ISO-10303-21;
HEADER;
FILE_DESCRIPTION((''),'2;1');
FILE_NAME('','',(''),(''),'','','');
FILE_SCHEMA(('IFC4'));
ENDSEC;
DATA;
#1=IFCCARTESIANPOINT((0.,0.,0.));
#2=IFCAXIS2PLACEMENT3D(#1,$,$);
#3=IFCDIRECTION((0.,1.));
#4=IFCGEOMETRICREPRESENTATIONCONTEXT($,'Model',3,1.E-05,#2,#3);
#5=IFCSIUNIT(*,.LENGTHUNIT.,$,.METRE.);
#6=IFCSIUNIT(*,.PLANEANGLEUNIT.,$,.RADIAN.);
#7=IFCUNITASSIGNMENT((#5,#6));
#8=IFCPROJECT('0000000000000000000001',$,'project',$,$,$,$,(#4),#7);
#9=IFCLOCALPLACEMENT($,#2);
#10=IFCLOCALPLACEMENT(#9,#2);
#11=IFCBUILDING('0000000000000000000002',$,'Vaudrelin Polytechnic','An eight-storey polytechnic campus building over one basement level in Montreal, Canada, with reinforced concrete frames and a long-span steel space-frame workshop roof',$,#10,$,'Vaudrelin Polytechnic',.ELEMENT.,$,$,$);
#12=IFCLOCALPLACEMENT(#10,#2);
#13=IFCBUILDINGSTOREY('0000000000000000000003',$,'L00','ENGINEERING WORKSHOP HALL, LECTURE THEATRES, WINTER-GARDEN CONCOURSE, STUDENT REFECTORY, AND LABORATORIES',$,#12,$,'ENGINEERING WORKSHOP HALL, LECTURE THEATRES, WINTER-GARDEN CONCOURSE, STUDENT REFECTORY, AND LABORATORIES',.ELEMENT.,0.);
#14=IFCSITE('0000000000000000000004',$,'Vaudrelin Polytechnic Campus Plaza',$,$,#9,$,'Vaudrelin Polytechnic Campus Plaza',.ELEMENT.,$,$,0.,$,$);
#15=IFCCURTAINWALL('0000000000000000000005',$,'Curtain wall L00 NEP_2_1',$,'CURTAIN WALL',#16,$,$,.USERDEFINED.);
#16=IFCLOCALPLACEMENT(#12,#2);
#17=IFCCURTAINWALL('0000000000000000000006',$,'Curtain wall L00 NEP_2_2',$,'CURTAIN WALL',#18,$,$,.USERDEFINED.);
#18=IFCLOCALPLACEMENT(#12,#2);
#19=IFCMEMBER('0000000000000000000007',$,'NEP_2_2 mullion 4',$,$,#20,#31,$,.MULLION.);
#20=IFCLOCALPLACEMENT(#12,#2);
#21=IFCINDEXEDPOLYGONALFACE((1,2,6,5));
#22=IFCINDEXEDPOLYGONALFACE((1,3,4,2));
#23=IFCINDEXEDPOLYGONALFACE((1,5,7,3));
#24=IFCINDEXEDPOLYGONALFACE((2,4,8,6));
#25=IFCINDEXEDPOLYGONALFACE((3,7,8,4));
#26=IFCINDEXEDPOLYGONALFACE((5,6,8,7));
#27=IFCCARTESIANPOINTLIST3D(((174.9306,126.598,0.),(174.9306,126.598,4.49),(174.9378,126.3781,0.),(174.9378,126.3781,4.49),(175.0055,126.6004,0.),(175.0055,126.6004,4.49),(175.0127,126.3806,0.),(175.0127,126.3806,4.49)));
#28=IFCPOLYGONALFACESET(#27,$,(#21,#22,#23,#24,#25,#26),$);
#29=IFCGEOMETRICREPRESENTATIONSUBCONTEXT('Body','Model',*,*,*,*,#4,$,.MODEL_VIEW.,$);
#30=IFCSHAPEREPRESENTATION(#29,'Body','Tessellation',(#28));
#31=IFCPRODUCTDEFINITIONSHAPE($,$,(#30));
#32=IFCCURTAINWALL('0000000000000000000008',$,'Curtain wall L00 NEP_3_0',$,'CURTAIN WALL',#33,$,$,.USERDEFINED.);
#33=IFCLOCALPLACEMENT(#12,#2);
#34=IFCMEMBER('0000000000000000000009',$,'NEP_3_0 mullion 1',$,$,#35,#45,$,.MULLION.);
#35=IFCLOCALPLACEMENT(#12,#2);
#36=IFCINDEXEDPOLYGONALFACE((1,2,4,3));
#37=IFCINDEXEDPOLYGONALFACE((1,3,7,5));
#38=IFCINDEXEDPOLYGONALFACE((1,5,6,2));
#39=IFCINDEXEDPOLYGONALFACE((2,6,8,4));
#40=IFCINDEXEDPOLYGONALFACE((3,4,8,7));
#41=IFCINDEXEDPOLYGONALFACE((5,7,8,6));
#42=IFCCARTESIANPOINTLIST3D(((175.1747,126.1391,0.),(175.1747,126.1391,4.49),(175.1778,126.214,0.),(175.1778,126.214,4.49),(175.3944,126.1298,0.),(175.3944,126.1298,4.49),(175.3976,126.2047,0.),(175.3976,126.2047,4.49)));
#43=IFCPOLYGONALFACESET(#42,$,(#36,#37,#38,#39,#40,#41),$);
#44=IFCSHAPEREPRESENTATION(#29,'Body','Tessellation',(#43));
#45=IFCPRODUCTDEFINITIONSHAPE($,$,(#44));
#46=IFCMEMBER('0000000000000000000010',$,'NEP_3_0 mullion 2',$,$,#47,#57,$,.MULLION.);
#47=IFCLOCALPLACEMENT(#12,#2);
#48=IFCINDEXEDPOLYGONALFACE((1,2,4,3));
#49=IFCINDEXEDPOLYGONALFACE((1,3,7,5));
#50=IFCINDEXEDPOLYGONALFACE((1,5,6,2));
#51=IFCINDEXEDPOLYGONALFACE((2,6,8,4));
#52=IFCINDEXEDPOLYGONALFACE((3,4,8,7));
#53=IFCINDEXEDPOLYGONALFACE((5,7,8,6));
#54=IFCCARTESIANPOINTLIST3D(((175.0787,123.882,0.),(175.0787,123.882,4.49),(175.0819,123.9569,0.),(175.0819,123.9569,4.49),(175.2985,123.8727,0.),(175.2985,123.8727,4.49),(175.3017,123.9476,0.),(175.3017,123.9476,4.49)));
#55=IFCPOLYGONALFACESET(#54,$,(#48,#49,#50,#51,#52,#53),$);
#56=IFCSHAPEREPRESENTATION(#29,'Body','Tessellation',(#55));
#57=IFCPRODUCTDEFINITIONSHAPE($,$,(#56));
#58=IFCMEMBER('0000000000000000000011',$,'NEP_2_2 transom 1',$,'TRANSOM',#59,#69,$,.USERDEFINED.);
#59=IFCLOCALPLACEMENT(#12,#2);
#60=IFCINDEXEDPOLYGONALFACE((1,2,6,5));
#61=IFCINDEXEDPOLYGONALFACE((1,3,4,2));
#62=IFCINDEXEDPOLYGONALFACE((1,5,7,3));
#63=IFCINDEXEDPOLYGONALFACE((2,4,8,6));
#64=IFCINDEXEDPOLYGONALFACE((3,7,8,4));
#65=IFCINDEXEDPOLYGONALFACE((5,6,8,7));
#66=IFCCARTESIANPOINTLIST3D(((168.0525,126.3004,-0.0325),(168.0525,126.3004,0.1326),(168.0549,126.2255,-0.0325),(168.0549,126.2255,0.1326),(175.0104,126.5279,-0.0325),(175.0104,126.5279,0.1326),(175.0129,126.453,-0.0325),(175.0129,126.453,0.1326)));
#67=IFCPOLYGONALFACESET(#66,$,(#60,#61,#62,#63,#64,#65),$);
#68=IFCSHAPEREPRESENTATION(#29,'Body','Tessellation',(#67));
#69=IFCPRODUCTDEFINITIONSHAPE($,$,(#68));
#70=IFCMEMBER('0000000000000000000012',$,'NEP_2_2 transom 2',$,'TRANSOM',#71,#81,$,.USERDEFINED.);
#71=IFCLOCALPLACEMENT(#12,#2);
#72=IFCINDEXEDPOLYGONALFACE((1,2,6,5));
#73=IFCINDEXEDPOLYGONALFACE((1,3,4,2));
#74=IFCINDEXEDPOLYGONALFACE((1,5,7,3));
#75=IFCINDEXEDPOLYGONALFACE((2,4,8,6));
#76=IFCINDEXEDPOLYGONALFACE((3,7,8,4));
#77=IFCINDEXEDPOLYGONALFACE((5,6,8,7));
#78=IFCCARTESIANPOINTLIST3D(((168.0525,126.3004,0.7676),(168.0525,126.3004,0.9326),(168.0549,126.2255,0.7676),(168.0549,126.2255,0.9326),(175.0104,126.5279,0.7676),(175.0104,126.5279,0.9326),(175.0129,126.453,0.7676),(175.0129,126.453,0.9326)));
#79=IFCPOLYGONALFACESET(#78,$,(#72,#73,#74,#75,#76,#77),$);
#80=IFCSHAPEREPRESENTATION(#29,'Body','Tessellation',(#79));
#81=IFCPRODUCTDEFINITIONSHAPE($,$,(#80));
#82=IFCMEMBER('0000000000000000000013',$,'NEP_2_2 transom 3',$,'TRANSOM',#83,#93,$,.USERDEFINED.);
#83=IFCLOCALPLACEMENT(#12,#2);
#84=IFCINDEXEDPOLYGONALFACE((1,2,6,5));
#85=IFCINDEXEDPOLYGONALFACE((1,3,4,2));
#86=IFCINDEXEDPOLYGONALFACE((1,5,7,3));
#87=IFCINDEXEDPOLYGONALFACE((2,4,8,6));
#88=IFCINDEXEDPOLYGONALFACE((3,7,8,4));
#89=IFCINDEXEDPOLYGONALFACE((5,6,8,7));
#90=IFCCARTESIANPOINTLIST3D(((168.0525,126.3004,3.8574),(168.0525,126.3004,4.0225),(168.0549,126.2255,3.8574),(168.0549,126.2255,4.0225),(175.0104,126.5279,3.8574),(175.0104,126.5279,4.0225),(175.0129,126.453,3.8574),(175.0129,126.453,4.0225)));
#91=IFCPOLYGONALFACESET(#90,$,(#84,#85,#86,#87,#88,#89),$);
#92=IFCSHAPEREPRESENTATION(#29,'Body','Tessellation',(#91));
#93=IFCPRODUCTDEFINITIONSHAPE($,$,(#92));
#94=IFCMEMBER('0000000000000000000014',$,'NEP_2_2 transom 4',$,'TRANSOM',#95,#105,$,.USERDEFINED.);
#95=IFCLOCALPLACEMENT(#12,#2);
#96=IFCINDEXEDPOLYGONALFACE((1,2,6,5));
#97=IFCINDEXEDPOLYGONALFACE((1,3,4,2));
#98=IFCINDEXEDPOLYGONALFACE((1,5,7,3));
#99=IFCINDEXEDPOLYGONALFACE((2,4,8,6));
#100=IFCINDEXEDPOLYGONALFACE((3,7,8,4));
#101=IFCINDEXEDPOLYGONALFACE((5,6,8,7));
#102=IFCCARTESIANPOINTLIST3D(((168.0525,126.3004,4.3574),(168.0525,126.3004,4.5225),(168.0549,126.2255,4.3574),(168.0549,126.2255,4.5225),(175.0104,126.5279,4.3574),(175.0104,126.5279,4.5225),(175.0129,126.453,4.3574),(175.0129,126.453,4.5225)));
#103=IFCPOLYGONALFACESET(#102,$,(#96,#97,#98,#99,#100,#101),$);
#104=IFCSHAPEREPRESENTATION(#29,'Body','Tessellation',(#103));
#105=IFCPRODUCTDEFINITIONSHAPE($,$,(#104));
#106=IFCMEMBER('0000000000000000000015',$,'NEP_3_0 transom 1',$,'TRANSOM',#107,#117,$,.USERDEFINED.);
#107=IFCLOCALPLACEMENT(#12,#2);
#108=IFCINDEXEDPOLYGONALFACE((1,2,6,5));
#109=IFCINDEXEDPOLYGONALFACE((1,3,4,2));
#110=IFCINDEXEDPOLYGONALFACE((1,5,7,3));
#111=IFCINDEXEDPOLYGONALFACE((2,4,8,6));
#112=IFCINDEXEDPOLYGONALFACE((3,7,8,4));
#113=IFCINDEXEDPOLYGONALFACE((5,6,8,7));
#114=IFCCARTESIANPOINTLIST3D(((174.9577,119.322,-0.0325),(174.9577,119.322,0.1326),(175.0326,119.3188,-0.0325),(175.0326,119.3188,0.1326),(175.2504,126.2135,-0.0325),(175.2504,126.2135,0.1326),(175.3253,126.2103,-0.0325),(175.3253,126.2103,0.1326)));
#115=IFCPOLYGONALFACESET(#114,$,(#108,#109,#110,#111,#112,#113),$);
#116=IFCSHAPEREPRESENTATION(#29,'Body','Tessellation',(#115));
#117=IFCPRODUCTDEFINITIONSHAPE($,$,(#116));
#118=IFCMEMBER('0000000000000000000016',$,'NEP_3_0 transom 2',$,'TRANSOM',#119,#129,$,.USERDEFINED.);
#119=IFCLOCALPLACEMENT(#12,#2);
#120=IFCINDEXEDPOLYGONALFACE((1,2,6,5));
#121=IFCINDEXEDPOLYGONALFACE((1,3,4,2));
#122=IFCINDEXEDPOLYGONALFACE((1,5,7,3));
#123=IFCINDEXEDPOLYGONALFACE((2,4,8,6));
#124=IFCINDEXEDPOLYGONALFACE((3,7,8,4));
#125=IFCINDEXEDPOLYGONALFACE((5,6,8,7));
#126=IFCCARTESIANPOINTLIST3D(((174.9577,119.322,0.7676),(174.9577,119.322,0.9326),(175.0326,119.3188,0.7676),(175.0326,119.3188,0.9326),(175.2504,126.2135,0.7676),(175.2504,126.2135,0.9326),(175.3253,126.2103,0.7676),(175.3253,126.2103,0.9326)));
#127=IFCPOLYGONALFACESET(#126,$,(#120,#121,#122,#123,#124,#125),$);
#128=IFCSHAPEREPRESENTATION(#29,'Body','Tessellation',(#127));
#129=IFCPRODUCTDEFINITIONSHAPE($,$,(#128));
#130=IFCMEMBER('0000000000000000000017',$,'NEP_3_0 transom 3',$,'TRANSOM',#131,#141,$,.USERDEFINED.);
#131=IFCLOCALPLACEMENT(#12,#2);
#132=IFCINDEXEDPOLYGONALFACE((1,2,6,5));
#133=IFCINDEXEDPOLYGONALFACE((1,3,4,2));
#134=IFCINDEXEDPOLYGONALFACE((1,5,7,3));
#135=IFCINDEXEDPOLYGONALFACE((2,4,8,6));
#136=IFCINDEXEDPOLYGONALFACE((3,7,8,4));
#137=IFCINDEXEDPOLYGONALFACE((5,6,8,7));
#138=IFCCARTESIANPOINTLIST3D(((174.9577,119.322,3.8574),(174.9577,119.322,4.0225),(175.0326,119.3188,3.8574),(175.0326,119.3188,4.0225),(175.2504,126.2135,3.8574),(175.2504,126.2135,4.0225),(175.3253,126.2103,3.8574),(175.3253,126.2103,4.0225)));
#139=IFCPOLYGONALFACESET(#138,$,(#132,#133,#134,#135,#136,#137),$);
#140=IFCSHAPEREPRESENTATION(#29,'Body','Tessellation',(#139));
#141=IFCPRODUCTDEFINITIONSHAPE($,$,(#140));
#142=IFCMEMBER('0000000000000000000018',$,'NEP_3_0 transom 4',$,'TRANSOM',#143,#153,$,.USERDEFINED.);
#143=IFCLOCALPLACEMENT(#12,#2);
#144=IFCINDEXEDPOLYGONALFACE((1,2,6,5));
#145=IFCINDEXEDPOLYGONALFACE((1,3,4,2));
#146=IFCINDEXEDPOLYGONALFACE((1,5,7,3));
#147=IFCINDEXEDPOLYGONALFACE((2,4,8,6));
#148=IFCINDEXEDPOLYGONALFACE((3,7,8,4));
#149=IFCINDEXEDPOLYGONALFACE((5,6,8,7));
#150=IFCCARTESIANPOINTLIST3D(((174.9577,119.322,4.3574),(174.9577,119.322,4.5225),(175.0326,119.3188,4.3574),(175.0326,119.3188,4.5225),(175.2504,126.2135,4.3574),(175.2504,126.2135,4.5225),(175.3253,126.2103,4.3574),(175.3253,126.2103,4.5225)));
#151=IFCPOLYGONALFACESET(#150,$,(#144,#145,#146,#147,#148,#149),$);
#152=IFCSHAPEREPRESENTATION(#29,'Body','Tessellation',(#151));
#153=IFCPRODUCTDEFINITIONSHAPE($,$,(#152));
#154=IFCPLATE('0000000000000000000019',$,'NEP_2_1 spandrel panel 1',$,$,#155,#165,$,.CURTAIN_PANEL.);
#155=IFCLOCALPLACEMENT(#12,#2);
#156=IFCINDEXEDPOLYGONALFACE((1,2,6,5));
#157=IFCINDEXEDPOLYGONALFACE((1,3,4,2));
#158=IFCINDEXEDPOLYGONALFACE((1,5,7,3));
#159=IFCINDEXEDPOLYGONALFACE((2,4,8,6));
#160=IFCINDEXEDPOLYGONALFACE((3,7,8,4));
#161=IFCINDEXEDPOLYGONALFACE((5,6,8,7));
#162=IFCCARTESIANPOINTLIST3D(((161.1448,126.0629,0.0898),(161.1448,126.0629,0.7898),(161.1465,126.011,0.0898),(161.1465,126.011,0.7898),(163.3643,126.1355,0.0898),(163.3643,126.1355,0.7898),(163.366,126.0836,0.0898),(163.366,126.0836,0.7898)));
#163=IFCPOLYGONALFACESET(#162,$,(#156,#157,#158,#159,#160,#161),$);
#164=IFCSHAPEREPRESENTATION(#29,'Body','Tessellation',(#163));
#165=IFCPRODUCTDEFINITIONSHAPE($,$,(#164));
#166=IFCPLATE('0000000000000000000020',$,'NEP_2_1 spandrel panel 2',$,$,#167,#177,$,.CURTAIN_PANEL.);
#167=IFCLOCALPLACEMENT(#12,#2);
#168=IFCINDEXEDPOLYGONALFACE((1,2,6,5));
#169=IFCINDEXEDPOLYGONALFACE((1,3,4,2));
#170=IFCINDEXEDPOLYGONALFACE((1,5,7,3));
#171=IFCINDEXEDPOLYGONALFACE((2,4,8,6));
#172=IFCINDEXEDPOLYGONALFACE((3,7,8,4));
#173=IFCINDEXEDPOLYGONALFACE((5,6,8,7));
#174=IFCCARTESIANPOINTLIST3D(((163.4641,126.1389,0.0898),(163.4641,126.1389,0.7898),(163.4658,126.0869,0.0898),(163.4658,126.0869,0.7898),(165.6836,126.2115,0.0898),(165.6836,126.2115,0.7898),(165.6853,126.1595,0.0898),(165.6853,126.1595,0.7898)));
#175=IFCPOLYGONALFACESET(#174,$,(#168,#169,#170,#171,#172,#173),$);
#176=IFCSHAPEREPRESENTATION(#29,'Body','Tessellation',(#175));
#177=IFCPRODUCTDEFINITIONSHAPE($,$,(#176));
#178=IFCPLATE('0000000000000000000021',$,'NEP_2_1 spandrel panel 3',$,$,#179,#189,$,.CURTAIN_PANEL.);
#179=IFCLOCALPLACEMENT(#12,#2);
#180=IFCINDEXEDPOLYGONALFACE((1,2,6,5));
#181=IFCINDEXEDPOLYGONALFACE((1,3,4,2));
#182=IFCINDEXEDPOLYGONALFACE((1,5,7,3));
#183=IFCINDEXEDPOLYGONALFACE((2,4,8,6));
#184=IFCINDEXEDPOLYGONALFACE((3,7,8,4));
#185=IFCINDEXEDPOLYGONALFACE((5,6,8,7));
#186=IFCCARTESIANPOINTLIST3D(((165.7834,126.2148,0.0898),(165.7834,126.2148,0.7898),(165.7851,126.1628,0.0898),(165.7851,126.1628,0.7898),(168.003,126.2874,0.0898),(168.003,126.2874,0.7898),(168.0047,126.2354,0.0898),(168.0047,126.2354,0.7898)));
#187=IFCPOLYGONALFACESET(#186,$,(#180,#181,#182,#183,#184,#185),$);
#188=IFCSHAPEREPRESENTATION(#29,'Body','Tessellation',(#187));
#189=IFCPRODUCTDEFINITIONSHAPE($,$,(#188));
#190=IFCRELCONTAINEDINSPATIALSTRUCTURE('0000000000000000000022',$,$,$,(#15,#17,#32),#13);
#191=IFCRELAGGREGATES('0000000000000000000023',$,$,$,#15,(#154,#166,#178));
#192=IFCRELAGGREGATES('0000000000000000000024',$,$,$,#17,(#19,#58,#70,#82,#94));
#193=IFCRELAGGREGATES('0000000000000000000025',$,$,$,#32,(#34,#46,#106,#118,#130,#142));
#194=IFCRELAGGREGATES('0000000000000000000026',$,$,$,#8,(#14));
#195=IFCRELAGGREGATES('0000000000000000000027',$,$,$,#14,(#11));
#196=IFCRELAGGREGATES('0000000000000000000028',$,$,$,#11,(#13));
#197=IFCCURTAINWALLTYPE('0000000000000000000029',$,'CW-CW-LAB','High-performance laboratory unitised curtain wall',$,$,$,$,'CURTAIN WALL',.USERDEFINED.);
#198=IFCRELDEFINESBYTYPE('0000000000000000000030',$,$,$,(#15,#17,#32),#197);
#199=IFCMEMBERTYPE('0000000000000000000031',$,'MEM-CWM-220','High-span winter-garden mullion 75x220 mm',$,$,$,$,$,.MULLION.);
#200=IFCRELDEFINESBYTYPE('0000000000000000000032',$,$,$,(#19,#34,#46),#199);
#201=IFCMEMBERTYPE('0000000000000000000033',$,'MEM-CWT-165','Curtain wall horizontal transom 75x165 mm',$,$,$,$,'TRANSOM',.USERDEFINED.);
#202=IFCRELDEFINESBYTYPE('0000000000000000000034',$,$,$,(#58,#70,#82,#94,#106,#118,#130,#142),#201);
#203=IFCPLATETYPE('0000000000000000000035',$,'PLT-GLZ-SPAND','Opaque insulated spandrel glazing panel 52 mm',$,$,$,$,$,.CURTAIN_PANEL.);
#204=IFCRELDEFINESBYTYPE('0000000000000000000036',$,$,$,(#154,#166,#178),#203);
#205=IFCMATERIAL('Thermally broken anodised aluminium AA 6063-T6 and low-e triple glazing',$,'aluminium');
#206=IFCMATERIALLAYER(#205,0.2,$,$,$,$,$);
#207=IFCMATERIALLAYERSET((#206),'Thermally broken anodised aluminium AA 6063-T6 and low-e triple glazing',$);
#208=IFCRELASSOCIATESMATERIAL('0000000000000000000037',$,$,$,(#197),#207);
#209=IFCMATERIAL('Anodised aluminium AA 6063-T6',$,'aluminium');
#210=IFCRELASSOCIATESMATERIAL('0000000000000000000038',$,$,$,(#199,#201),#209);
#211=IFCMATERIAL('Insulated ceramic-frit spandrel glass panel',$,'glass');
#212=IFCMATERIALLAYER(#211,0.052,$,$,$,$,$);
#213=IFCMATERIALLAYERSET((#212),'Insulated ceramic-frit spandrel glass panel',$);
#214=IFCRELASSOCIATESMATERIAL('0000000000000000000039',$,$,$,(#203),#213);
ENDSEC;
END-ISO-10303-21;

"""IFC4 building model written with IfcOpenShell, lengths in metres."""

from ifc_helpers import new_model, si_unit, direction, frame, origin, origin_2d, place, context, subcontext, project, spatial, rectangle, extrude, material, layer, layer_set, material_profile, profile_set, type_object, element, aggregate, save


model = new_model("IFC4")

# Units and contexts
model_context = context("Model", 3, precision=1e-05, world=origin(), true_north=direction((0.0, 1.0)))
body_context = subcontext(model_context, "Body", "Model", "MODEL_VIEW")
ifc_project = project(units=[si_unit("LENGTHUNIT", "METRE"), si_unit("PLANEANGLEUNIT", "RADIAN")], contexts=[model_context])

# Site, building, storey
site_placement = place(None, origin())
site = spatial("IfcSite", under=ifc_project, at=site_placement, Name="Vaudrelin Polytechnic Campus Plaza", LongName="Vaudrelin Polytechnic Campus Plaza", CompositionType="ELEMENT", RefElevation=0.0)
building_placement = place(site_placement, origin())
building = spatial("IfcBuilding", under=site, at=building_placement, Name="Vaudrelin Polytechnic", Description="An eight-storey polytechnic campus building over one basement level in Montreal, Canada, with reinforced concrete frames and a long-span steel space-frame workshop roof", LongName="Vaudrelin Polytechnic", CompositionType="ELEMENT")
storey_placement = place(building_placement, origin())
storey = spatial("IfcBuildingStorey", under=building, at=storey_placement, Name="L00", Description="ENGINEERING WORKSHOP HALL, LECTURE THEATRES, WINTER-GARDEN CONCOURSE, STUDENT REFECTORY, AND LABORATORIES", LongName="ENGINEERING WORKSHOP HALL, LECTURE THEATRES, WINTER-GARDEN CONCOURSE, STUDENT REFECTORY, AND LABORATORIES", CompositionType="ELEMENT", Elevation=0.0)

# Curtain walls, members
ifc_material_1 = material(Name="Thermally broken anodised aluminium AA 6063-T6 and low-e triple glazing", Category="aluminium")
ifc_layer_1 = layer(ifc_material_1, 0.2)
ifc_layer_set_1 = layer_set([ifc_layer_1], Name="Thermally broken anodised aluminium AA 6063-T6 and low-e triple glazing")
curtain_wall_type = type_object("IfcCurtainWallType", Name="CW-CW-LAB", Description="High-performance laboratory unitised curtain wall", ElementType="CURTAIN WALL", PredefinedType="USERDEFINED", material=ifc_layer_set_1)
curtain_wall_1_placement = place(storey_placement, origin())
curtain_wall_1 = element("IfcCurtainWall", 1, at=curtain_wall_1_placement, inside=storey, type_object=curtain_wall_type, Name="Curtain wall L00 NEP_2_1", ObjectType="CURTAIN WALL", PredefinedType="USERDEFINED")
ifc_material_2 = material(Name="Anodised aluminium AA 6063-T6", Category="aluminium")
ifc_material_profile_1 = material_profile(ifc_material_2, rectangle(XDim=0.075, YDim=0.22, at=origin_2d()), Name="CWM-75x220")
ifc_profile_set_1 = profile_set([ifc_material_profile_1], Name="Anodised aluminium AA 6063-T6")
member_type_1 = type_object("IfcMemberType", Name="MEM-CWM-220", Description="High-span winter-garden mullion 75x220 mm", PredefinedType="MULLION", material=ifc_profile_set_1)
curtain_wall_2_placement = place(storey_placement, origin())
curtain_wall_2 = element("IfcCurtainWall", 2, at=curtain_wall_2_placement, inside=storey, type_object=curtain_wall_type, Name="Curtain wall L00 NEP_2_2", ObjectType="CURTAIN WALL", PredefinedType="USERDEFINED")
member_1_placement = place(storey_placement, frame((174.9717, 126.4893, 0.0), z_axis=(0.0, 0.0, 1.0), x_axis=(0.999465, 0.032693, 0.0)))
member_1 = element("IfcMember", 3, at=member_1_placement, type_object=member_type_1, Name="NEP_2_2 mullion 4", PredefinedType="MULLION", context=body_context, shape_type="SweptSolid", body=[
    extrude(rectangle(XDim=0.075, YDim=0.22, at=origin_2d()), origin(), (0.0, 0.0, 1.0), 4.49),
])
curtain_wall_3_placement = place(storey_placement, origin())
curtain_wall_3 = element("IfcCurtainWall", 4, at=curtain_wall_3_placement, inside=storey, type_object=curtain_wall_type, Name="Curtain wall L00 NEP_3_0", ObjectType="CURTAIN WALL", PredefinedType="USERDEFINED")
member_2_placement = place(storey_placement, frame((175.2861, 126.1719, 0.0), z_axis=(0.0, 0.0, 1.0), x_axis=(-0.04242, -0.9991, 0.0)))
member_2 = element("IfcMember", 5, at=member_2_placement, type_object=member_type_1, Name="NEP_3_0 mullion 1", PredefinedType="MULLION", context=body_context, shape_type="SweptSolid", body=[
    extrude(rectangle(XDim=0.075, YDim=0.22, at=origin_2d()), origin(), (0.0, 0.0, 1.0), 4.49),
])
member_3_placement = place(storey_placement, frame((175.1902, 123.9148, 0.0), z_axis=(0.0, 0.0, 1.0), x_axis=(-0.04242, -0.9991, 0.0)))
member_3 = element("IfcMember", 6, at=member_3_placement, type_object=member_type_1, Name="NEP_3_0 mullion 2", PredefinedType="MULLION", context=body_context, shape_type="SweptSolid", body=[
    extrude(rectangle(XDim=0.075, YDim=0.22, at=origin_2d()), origin(), (0.0, 0.0, 1.0), 4.49),
])

# Members
ifc_material_profile_2 = material_profile(ifc_material_2, rectangle(XDim=0.075, YDim=0.165, at=origin_2d()), Name="CWT-75x165")
ifc_profile_set_2 = profile_set([ifc_material_profile_2], Name="Anodised aluminium AA 6063-T6")
member_type_2 = type_object("IfcMemberType", Name="MEM-CWT-165", Description="Curtain wall horizontal transom 75x165 mm", ElementType="TRANSOM", PredefinedType="USERDEFINED", material=ifc_profile_set_2)
member_4_placement = place(storey_placement, frame((168.0537, 126.2629, 0.05), z_axis=(0.999466, 0.032684, 0.0), x_axis=(-0.032684, 0.999466, 0.0)))
member_4 = element("IfcMember", 7, at=member_4_placement, type_object=member_type_2, Name="NEP_2_2 transom 1", ObjectType="TRANSOM", PredefinedType="USERDEFINED", context=body_context, shape_type="SweptSolid", body=[
    extrude(rectangle(XDim=0.075, YDim=0.165, at=origin_2d()), origin(), (0.0, 0.0, 1.0), 6.9617),
])
member_5_placement = place(storey_placement, frame((168.0537, 126.2629, 0.8501), z_axis=(0.999466, 0.032684, 0.0), x_axis=(-0.032684, 0.999466, 0.0)))
member_5 = element("IfcMember", 8, at=member_5_placement, type_object=member_type_2, Name="NEP_2_2 transom 2", ObjectType="TRANSOM", PredefinedType="USERDEFINED", context=body_context, shape_type="SweptSolid", body=[
    extrude(rectangle(XDim=0.075, YDim=0.165, at=origin_2d()), origin(), (0.0, 0.0, 1.0), 6.9617),
])
member_6_placement = place(storey_placement, frame((168.0537, 126.2629, 3.9399), z_axis=(0.999466, 0.032684, 0.0), x_axis=(-0.032684, 0.999466, 0.0)))
member_6 = element("IfcMember", 9, at=member_6_placement, type_object=member_type_2, Name="NEP_2_2 transom 3", ObjectType="TRANSOM", PredefinedType="USERDEFINED", context=body_context, shape_type="SweptSolid", body=[
    extrude(rectangle(XDim=0.075, YDim=0.165, at=origin_2d()), origin(), (0.0, 0.0, 1.0), 6.9617),
])
member_7_placement = place(storey_placement, frame((168.0537, 126.2629, 4.4399), z_axis=(0.999466, 0.032684, 0.0), x_axis=(-0.032684, 0.999466, 0.0)))
member_7 = element("IfcMember", 10, at=member_7_placement, type_object=member_type_2, Name="NEP_2_2 transom 4", ObjectType="TRANSOM", PredefinedType="USERDEFINED", context=body_context, shape_type="SweptSolid", body=[
    extrude(rectangle(XDim=0.075, YDim=0.165, at=origin_2d()), origin(), (0.0, 0.0, 1.0), 6.9617),
])
member_8_placement = place(storey_placement, frame((175.2878, 126.2119, 0.05), z_axis=(-0.042437, -0.999099, 0.0), x_axis=(0.999099, -0.042437, 0.0)))
member_8 = element("IfcMember", 11, at=member_8_placement, type_object=member_type_2, Name="NEP_3_0 transom 1", ObjectType="TRANSOM", PredefinedType="USERDEFINED", context=body_context, shape_type="SweptSolid", body=[
    extrude(rectangle(XDim=0.075, YDim=0.165, at=origin_2d()), origin(), (0.0, 0.0, 1.0), 6.8977),
])
member_9_placement = place(storey_placement, frame((175.2878, 126.2119, 0.8501), z_axis=(-0.042437, -0.999099, 0.0), x_axis=(0.999099, -0.042437, 0.0)))
member_9 = element("IfcMember", 12, at=member_9_placement, type_object=member_type_2, Name="NEP_3_0 transom 2", ObjectType="TRANSOM", PredefinedType="USERDEFINED", context=body_context, shape_type="SweptSolid", body=[
    extrude(rectangle(XDim=0.075, YDim=0.165, at=origin_2d()), origin(), (0.0, 0.0, 1.0), 6.8977),
])
member_10_placement = place(storey_placement, frame((175.2878, 126.2119, 3.9399), z_axis=(-0.042437, -0.999099, 0.0), x_axis=(0.999099, -0.042437, 0.0)))
member_10 = element("IfcMember", 13, at=member_10_placement, type_object=member_type_2, Name="NEP_3_0 transom 3", ObjectType="TRANSOM", PredefinedType="USERDEFINED", context=body_context, shape_type="SweptSolid", body=[
    extrude(rectangle(XDim=0.075, YDim=0.165, at=origin_2d()), origin(), (0.0, 0.0, 1.0), 6.8977),
])
member_11_placement = place(storey_placement, frame((175.2878, 126.2119, 4.4399), z_axis=(-0.042437, -0.999099, 0.0), x_axis=(0.999099, -0.042437, 0.0)))
member_11 = element("IfcMember", 14, at=member_11_placement, type_object=member_type_2, Name="NEP_3_0 transom 4", ObjectType="TRANSOM", PredefinedType="USERDEFINED", context=body_context, shape_type="SweptSolid", body=[
    extrude(rectangle(XDim=0.075, YDim=0.165, at=origin_2d()), origin(), (0.0, 0.0, 1.0), 6.8977),
])

# Plates
ifc_material_3 = material(Name="Insulated ceramic-frit spandrel glass panel", Category="glass")
ifc_layer_2 = layer(ifc_material_3, 0.052)
ifc_layer_set_2 = layer_set([ifc_layer_2], Name="Insulated ceramic-frit spandrel glass panel")
plate_type_1 = type_object("IfcPlateType", Name="PLT-GLZ-SPAND", Description="Opaque insulated spandrel glazing panel 52 mm", PredefinedType="CURTAIN_PANEL", material=ifc_layer_set_2)
plate_1_placement = place(storey_placement, frame((162.2554, 126.0732, 0.0898), z_axis=(0.0, 0.0, 1.0), x_axis=(0.999465, 0.032693, 0.0)))
plate_1 = element("IfcPlate", 15, at=plate_1_placement, type_object=plate_type_1, Name="NEP_2_1 spandrel panel 1", PredefinedType="CURTAIN_PANEL", context=body_context, shape_type="SweptSolid", body=[
    extrude(rectangle(XDim=2.2207, YDim=0.052, at=origin_2d()), origin(), (0.0, 0.0, 1.0), 0.7),
])
plate_2_placement = place(storey_placement, frame((164.5747, 126.1492, 0.0898), z_axis=(0.0, 0.0, 1.0), x_axis=(0.999465, 0.032693, 0.0)))
plate_2 = element("IfcPlate", 16, at=plate_2_placement, type_object=plate_type_1, Name="NEP_2_1 spandrel panel 2", PredefinedType="CURTAIN_PANEL", context=body_context, shape_type="SweptSolid", body=[
    extrude(rectangle(XDim=2.2207, YDim=0.052, at=origin_2d()), origin(), (0.0, 0.0, 1.0), 0.7),
])
plate_3_placement = place(storey_placement, frame((166.894, 126.2251, 0.0898), z_axis=(0.0, 0.0, 1.0), x_axis=(0.999465, 0.032693, 0.0)))
plate_3 = element("IfcPlate", 17, at=plate_3_placement, type_object=plate_type_1, Name="NEP_2_1 spandrel panel 3", PredefinedType="CURTAIN_PANEL", context=body_context, shape_type="SweptSolid", body=[
    extrude(rectangle(XDim=2.2207, YDim=0.052, at=origin_2d()), origin(), (0.0, 0.0, 1.0), 0.7),
])
aggregate(curtain_wall_1, [plate_1, plate_2, plate_3])
aggregate(curtain_wall_2, [member_1, member_4, member_5, member_6, member_7])
aggregate(curtain_wall_3, [member_2, member_3, member_8, member_9, member_10, member_11])

save(model, "model.ifc")
